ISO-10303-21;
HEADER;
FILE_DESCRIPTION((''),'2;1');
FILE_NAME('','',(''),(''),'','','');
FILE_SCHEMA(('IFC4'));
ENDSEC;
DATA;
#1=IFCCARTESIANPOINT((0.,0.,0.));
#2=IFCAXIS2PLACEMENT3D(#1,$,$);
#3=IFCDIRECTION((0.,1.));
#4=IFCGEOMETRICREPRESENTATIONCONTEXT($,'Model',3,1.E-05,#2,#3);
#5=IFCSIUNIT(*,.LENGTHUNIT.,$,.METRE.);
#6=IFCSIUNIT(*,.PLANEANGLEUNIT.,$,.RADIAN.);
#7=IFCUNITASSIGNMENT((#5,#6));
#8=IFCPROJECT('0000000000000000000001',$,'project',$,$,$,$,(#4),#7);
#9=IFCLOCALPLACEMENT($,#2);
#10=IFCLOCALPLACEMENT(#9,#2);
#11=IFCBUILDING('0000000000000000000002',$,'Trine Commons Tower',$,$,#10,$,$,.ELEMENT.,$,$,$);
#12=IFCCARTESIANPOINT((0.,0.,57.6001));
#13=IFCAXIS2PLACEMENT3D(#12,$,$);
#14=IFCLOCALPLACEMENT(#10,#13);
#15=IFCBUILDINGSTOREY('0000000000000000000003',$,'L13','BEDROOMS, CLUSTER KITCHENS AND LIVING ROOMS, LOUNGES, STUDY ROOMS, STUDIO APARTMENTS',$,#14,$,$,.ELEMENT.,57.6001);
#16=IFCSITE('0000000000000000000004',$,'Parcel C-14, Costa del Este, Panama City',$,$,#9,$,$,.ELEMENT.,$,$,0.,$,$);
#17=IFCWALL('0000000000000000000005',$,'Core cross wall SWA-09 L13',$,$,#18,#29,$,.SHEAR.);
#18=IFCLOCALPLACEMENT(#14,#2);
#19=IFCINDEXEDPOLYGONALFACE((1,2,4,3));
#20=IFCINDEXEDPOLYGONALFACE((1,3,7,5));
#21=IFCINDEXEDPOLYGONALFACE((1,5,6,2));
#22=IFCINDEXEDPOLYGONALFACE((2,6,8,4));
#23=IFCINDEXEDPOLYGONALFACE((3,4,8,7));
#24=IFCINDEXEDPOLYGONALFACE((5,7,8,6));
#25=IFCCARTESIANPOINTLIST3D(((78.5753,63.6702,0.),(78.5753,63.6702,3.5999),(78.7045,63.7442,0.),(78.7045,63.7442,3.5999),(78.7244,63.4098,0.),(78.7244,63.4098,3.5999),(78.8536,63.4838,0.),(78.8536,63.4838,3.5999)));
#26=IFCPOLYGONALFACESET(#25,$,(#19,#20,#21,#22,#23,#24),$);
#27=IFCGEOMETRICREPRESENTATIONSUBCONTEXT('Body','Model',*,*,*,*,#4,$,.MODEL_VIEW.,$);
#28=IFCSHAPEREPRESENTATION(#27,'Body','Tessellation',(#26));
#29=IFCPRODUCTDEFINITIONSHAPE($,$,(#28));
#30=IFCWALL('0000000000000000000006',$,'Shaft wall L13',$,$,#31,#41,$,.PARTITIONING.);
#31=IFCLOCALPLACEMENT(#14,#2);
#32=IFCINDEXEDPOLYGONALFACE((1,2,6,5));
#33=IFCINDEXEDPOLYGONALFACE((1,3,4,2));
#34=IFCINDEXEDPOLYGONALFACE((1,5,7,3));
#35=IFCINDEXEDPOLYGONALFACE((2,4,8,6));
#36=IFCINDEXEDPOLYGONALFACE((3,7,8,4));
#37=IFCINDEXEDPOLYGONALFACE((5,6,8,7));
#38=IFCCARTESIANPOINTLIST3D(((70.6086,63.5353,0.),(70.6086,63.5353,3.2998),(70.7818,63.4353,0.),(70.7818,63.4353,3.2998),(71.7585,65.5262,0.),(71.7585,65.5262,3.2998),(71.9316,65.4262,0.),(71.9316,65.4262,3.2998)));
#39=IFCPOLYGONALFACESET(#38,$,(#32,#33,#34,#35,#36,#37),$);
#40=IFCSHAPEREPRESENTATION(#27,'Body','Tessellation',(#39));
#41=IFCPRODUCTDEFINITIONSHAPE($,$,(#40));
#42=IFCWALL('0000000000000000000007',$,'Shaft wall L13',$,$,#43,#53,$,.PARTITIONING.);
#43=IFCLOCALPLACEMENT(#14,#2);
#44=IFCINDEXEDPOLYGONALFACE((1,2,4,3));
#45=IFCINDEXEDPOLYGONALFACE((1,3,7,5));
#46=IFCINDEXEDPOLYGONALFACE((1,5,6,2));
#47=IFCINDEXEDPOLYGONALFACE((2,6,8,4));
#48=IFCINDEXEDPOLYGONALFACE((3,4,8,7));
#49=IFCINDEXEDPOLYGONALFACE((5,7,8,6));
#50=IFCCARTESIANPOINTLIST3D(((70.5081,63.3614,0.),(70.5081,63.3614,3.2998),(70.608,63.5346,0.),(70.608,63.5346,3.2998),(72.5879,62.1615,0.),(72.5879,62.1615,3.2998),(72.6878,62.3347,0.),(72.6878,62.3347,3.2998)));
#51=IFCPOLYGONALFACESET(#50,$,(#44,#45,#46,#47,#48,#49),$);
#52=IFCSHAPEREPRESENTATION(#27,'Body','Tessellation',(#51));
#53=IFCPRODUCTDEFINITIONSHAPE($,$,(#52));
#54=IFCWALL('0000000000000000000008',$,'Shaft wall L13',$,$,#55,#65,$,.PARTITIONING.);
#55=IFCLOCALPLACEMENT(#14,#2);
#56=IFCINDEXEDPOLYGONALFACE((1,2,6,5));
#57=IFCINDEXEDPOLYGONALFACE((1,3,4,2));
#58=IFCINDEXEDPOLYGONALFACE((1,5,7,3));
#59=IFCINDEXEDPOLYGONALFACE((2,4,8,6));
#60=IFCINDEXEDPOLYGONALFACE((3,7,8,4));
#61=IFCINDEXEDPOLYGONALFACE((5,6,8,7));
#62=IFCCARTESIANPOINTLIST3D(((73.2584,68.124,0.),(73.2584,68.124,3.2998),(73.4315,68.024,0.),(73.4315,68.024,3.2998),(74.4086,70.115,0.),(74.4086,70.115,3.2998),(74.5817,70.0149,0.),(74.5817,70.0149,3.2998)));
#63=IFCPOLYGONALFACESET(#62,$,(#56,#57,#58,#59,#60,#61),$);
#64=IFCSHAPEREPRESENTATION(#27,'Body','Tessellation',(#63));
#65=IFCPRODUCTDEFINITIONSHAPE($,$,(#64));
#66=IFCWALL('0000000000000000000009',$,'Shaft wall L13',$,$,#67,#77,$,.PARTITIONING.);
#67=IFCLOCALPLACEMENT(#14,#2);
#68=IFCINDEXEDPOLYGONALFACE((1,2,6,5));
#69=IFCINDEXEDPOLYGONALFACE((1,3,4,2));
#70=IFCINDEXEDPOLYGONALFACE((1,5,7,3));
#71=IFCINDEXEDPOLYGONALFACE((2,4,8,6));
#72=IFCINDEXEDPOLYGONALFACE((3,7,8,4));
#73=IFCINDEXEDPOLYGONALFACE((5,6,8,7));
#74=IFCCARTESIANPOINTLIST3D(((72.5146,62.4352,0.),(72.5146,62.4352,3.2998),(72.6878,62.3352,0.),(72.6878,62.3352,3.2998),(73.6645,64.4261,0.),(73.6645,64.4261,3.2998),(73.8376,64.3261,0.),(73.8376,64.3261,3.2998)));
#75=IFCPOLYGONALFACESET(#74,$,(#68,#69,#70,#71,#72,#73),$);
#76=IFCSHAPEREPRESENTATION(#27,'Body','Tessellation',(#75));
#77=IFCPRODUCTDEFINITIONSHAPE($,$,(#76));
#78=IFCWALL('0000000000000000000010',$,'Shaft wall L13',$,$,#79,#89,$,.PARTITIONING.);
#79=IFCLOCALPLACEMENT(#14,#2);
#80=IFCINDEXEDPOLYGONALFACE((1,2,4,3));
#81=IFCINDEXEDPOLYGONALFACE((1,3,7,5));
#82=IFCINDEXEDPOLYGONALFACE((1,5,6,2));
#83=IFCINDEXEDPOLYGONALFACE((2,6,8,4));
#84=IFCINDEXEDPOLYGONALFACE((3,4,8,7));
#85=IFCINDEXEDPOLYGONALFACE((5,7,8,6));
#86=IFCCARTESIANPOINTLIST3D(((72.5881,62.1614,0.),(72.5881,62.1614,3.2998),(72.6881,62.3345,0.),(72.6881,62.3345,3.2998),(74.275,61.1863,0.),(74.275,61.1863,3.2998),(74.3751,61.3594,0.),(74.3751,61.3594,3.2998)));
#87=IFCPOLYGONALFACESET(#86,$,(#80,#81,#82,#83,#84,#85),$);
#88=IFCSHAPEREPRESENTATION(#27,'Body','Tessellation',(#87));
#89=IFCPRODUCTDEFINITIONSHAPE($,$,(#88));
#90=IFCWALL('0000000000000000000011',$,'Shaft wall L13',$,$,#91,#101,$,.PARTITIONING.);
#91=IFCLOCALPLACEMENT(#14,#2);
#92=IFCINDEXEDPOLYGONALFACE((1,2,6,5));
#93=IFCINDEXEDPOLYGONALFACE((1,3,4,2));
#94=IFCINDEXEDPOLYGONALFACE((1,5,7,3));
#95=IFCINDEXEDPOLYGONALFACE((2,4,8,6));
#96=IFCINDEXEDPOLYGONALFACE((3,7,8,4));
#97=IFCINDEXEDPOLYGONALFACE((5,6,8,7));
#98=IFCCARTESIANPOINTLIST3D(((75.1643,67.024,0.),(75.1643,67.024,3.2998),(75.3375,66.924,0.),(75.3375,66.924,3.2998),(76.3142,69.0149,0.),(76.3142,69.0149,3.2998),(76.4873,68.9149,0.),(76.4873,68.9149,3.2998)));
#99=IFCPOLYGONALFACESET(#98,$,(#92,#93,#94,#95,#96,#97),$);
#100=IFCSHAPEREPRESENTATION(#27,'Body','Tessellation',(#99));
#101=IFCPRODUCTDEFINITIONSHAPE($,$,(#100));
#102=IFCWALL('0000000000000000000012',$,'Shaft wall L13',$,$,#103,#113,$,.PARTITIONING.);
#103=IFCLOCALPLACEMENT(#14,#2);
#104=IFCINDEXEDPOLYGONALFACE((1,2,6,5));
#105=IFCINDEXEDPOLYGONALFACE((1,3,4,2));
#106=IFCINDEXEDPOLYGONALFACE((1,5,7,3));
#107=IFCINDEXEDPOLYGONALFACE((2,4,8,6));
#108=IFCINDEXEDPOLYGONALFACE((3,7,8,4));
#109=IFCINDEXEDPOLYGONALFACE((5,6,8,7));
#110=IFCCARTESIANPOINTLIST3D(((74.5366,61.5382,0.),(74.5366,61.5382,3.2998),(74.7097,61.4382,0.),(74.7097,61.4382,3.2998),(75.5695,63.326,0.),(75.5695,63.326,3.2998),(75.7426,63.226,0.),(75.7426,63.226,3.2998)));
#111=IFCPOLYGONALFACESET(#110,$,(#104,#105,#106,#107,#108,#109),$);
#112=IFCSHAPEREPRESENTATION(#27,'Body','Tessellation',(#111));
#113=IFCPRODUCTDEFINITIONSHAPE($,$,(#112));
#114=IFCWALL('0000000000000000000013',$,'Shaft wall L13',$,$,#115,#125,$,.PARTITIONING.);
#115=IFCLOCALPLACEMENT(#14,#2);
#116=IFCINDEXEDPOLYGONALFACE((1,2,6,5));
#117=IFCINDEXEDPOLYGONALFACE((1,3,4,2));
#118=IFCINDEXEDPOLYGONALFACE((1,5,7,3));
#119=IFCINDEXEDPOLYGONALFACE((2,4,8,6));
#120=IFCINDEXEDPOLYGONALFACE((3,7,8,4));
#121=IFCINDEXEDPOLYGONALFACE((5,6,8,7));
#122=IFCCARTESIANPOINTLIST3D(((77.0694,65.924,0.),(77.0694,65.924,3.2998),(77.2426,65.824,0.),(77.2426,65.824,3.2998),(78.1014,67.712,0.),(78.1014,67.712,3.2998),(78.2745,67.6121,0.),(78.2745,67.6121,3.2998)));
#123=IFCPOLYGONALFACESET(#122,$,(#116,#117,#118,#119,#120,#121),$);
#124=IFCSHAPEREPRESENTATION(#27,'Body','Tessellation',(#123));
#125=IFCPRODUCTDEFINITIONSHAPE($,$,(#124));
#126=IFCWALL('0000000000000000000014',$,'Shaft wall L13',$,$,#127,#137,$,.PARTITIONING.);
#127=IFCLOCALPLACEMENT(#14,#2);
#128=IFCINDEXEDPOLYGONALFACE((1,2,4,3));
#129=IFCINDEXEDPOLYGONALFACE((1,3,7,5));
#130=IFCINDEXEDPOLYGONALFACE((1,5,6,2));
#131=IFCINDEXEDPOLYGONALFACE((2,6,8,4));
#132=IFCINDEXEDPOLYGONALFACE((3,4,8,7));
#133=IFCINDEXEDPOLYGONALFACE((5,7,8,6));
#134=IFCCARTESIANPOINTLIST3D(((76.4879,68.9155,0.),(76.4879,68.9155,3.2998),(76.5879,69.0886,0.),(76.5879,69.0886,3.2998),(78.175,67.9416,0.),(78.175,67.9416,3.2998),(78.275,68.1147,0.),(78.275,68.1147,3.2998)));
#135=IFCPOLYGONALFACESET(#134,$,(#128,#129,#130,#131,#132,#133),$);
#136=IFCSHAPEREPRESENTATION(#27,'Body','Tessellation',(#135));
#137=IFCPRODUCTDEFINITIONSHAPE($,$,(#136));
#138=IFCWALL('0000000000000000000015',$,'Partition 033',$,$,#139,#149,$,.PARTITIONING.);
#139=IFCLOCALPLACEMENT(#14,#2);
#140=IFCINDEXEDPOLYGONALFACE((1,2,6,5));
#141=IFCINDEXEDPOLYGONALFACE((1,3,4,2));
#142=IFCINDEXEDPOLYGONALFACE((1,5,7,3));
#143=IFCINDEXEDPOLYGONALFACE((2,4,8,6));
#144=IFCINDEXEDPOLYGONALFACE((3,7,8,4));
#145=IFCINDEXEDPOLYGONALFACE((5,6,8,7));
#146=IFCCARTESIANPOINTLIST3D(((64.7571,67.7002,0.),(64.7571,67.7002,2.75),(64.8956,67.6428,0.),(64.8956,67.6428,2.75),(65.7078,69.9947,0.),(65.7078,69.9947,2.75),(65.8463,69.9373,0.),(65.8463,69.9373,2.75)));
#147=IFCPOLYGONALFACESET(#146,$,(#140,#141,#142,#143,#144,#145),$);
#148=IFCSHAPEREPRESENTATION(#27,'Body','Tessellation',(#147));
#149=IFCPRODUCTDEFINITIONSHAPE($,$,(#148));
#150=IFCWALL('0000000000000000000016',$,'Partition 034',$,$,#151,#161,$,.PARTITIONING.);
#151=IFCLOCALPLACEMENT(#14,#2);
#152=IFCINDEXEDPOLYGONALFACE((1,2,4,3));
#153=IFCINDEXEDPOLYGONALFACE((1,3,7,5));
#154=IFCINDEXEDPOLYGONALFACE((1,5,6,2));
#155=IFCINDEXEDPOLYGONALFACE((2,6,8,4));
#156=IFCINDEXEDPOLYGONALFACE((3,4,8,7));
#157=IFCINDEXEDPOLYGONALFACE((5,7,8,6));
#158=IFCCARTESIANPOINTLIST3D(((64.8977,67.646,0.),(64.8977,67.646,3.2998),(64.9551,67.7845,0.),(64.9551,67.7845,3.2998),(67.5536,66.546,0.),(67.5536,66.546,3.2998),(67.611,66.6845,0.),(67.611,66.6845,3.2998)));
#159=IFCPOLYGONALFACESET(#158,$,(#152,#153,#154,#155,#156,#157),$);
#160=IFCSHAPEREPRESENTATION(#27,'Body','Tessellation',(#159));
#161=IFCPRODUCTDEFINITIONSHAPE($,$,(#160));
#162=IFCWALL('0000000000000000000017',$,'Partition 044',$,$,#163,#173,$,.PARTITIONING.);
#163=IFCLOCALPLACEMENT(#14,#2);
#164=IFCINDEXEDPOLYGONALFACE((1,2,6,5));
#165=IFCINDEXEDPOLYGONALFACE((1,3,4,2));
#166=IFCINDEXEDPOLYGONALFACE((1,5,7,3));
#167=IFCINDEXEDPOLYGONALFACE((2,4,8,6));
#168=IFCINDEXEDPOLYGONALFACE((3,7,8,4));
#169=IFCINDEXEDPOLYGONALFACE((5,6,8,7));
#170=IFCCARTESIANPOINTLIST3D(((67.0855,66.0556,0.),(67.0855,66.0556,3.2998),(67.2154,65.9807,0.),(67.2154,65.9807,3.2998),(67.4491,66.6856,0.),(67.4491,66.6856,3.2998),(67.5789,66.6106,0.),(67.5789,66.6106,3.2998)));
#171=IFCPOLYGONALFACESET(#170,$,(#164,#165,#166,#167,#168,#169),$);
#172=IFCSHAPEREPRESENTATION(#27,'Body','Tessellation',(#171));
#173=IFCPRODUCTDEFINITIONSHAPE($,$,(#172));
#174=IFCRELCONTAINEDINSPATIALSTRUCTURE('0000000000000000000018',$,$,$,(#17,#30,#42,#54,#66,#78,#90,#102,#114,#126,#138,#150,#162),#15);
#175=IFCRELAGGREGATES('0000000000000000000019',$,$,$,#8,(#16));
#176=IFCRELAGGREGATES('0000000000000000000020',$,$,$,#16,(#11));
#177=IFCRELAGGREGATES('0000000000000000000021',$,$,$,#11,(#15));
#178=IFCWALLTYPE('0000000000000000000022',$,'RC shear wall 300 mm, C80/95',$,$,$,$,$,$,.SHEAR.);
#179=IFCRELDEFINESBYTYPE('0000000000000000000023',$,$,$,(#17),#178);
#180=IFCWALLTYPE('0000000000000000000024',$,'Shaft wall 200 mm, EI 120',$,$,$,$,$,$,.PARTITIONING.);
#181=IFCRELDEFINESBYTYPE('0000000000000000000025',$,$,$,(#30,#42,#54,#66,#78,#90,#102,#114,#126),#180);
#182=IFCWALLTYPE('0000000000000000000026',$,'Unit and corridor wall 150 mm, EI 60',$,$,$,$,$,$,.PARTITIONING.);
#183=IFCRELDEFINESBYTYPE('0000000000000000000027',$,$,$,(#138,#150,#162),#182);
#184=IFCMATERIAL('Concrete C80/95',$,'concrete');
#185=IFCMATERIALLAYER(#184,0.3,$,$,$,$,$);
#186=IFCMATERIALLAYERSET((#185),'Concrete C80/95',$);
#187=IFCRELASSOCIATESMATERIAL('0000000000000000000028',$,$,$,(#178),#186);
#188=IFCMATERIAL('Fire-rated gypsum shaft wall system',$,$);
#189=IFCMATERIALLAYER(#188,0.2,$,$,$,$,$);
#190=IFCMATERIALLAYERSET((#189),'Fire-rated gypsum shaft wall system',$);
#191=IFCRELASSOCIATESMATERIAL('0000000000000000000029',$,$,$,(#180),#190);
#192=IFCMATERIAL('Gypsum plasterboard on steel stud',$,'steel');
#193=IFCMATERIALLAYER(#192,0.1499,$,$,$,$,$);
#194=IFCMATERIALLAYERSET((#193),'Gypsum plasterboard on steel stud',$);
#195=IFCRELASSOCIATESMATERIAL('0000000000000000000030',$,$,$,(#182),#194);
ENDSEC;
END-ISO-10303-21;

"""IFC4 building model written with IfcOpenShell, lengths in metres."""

from ifc_helpers import new_model, si_unit, direction, frame, frame_2d, origin, place, context, subcontext, project, spatial, rectangle, extrude, material, layer, layer_set, type_object, element, save


model = new_model("IFC4")

# Units and contexts
model_context = context("Model", 3, precision=1e-05, world=origin(), true_north=direction((0.0, 1.0)))
body_context = subcontext(model_context, "Body", "Model", "MODEL_VIEW")
ifc_project = project(units=[si_unit("LENGTHUNIT", "METRE"), si_unit("PLANEANGLEUNIT", "RADIAN")], contexts=[model_context])

# Site, building, storey
site_placement = place(None, origin())
site = spatial("IfcSite", under=ifc_project, at=site_placement, Name="Parcel C-14, Costa del Este, Panama City", CompositionType="ELEMENT", RefElevation=0.0)
building_placement = place(site_placement, origin())
building = spatial("IfcBuilding", under=site, at=building_placement, Name="Trine Commons Tower", CompositionType="ELEMENT")
storey_placement = place(building_placement, frame((0.0, 0.0, 57.6001)))
storey = spatial("IfcBuildingStorey", under=building, at=storey_placement, Name="L13", Description="BEDROOMS, CLUSTER KITCHENS AND LIVING ROOMS, LOUNGES, STUDY ROOMS, STUDIO APARTMENTS", CompositionType="ELEMENT", Elevation=57.6001)

# Shared definitions
ifc_material_1 = material(Name="Fire-rated gypsum shaft wall system")
ifc_material_2 = material(Name="Concrete C80/95", Category="concrete")
ifc_layer_1 = layer(ifc_material_2, 0.3)
ifc_layer_set_1 = layer_set([ifc_layer_1], Name="Concrete C80/95")
wall_type_1 = type_object("IfcWallType", Name="RC shear wall 300 mm, C80/95", PredefinedType="SHEAR", material=ifc_layer_set_1)

# Walls
wall_1_placement = place(storey_placement, frame((78.7791, 63.614, 0.0), z_axis=(0.0, 0.0, 1.0), x_axis=(-0.867738, -0.497022, 0.0)))
element("IfcWall", 1, at=wall_1_placement, inside=storey, type_object=wall_type_1, Name="Core cross wall SWA-09 L13", PredefinedType="SHEAR", context=body_context, shape_type="SweptSolid", body=[
    extrude(rectangle(XDim=0.1489, YDim=0.3, at=frame_2d((0.0745, 0.0))), origin(), (0.0, 0.0, 1.0), 3.5999),
])
ifc_layer_2 = layer(ifc_material_1, 0.2)
ifc_layer_set_2 = layer_set([ifc_layer_2], Name="Fire-rated gypsum shaft wall system")
wall_type_2 = type_object("IfcWallType", Name="Shaft wall 200 mm, EI 120", PredefinedType="PARTITIONING", material=ifc_layer_set_2)
wall_2_placement = place(storey_placement, frame((71.845, 65.4761, 0.0), z_axis=(0.0, 0.0, 1.0), x_axis=(-0.500136, -0.865947, 0.0)))
element("IfcWall", 2, at=wall_2_placement, inside=storey, type_object=wall_type_2, Name="Shaft wall L13", PredefinedType="PARTITIONING", context=body_context, shape_type="SweptSolid", body=[
    extrude(rectangle(XDim=2.2991, YDim=0.2, at=frame_2d((1.1494, 0.0))), origin(), (0.0, 0.0, 1.0), 3.2998),
])
wall_3_placement = place(storey_placement, frame((72.6379, 62.248, 0.0), z_axis=(0.0, 0.0, 1.0), x_axis=(-0.866177, 0.499737, 0.0)))
element("IfcWall", 3, at=wall_3_placement, inside=storey, type_object=wall_type_2, Name="Shaft wall L13", PredefinedType="PARTITIONING", context=body_context, shape_type="SweptSolid", body=[
    extrude(rectangle(XDim=2.4011, YDim=0.2, at=frame_2d((1.2007, 0.0))), origin(), (0.0, 0.0, 1.0), 3.2998),
])
wall_4_placement = place(storey_placement, frame((73.345, 68.074, 0.0), z_axis=(0.0, 0.0, 1.0), x_axis=(0.500216, 0.865901, 0.0)))
element("IfcWall", 4, at=wall_4_placement, inside=storey, type_object=wall_type_2, Name="Shaft wall L13", PredefinedType="PARTITIONING", context=body_context, shape_type="SweptSolid", body=[
    extrude(rectangle(XDim=2.2993, YDim=0.2, at=frame_2d((1.1497, 0.0))), origin(), (0.0, 0.0, 1.0), 3.2998),
])
wall_5_placement = place(storey_placement, frame((73.751, 64.376, 0.0), z_axis=(0.0, 0.0, 1.0), x_axis=(-0.500136, -0.865947, 0.0)))
element("IfcWall", 5, at=wall_5_placement, inside=storey, type_object=wall_type_2, Name="Shaft wall L13", PredefinedType="PARTITIONING", context=body_context, shape_type="SweptSolid", body=[
    extrude(rectangle(XDim=2.2991, YDim=0.2, at=frame_2d((1.1494, 0.0))), origin(), (0.0, 0.0, 1.0), 3.2998),
])
wall_6_placement = place(storey_placement, frame((74.325, 61.2729, 0.0), z_axis=(0.0, 0.0, 1.0), x_axis=(-0.865781, 0.500424, 0.0)))
element("IfcWall", 6, at=wall_6_placement, inside=storey, type_object=wall_type_2, Name="Shaft wall L13", PredefinedType="PARTITIONING", context=body_context, shape_type="SweptSolid", body=[
    extrude(rectangle(XDim=1.9485, YDim=0.2, at=frame_2d((0.9741, 0.0))), origin(), (0.0, 0.0, 1.0), 3.2998),
])
wall_7_placement = place(storey_placement, frame((75.251, 66.9741, 0.0), z_axis=(0.0, 0.0, 1.0), x_axis=(0.500136, 0.865947, 0.0)))
element("IfcWall", 7, at=wall_7_placement, inside=storey, type_object=wall_type_2, Name="Shaft wall L13", PredefinedType="PARTITIONING", context=body_context, shape_type="SweptSolid", body=[
    extrude(rectangle(XDim=2.2991, YDim=0.2, at=frame_2d((1.1494, 0.0))), origin(), (0.0, 0.0, 1.0), 3.2998),
])
wall_8_placement = place(storey_placement, frame((75.656, 63.2759, 0.0), z_axis=(0.0, 0.0, 1.0), x_axis=(-0.500272, -0.865868, 0.0)))
element("IfcWall", 8, at=wall_8_placement, inside=storey, type_object=wall_type_2, Name="Shaft wall L13", PredefinedType="PARTITIONING", context=body_context, shape_type="SweptSolid", body=[
    extrude(rectangle(XDim=2.0647, YDim=0.2, at=frame_2d((1.0322, 0.0))), origin(), (0.0, 0.0, 1.0), 3.2998),
])
wall_9_placement = place(storey_placement, frame((77.156, 65.874, 0.0), z_axis=(0.0, 0.0, 1.0), x_axis=(0.499866, 0.866103, 0.0)))
element("IfcWall", 9, at=wall_9_placement, inside=storey, type_object=wall_type_2, Name="Shaft wall L13", PredefinedType="PARTITIONING", context=body_context, shape_type="SweptSolid", body=[
    extrude(rectangle(XDim=2.0645, YDim=0.2, at=frame_2d((1.0322, 0.0))), origin(), (0.0, 0.0, 1.0), 3.2998),
])
wall_10_placement = place(storey_placement, frame((78.2251, 68.0281, 0.0), z_axis=(0.0, 0.0, 1.0), x_axis=(-0.866052, 0.499954, 0.0)))
element("IfcWall", 10, at=wall_10_placement, inside=storey, type_object=wall_type_2, Name="Shaft wall L13", PredefinedType="PARTITIONING", context=body_context, shape_type="SweptSolid", body=[
    extrude(rectangle(XDim=1.948, YDim=0.2, at=frame_2d((0.9741, 0.0))), origin(), (0.0, 0.0, 1.0), 3.2998),
])
ifc_material_3 = material(Name="Gypsum plasterboard on steel stud", Category="steel")
ifc_layer_3 = layer(ifc_material_3, 0.1499)
ifc_layer_set_3 = layer_set([ifc_layer_3], Name="Gypsum plasterboard on steel stud")
wall_type_3 = type_object("IfcWallType", Name="Unit and corridor wall 150 mm, EI 60", PredefinedType="PARTITIONING", material=ifc_layer_set_3)
wall_11_placement = place(storey_placement, frame((64.8264, 67.6716, 0.0), z_axis=(0.0, 0.0, 1.0), x_axis=(0.382786, 0.923837, 0.0)))
element("IfcWall", 11, at=wall_11_placement, inside=storey, type_object=wall_type_3, Name="Partition 033", PredefinedType="PARTITIONING", context=body_context, shape_type="SweptSolid", body=[
    extrude(rectangle(XDim=2.4836, YDim=0.1499, at=frame_2d((1.2417, 0.0))), origin(), (0.0, 0.0, 1.0), 2.75),
])
wall_12_placement = place(storey_placement, frame((64.9263, 67.7153, 0.0), z_axis=(0.0, 0.0, 1.0), x_axis=(0.923886, -0.382667, 0.0)))
element("IfcWall", 12, at=wall_12_placement, inside=storey, type_object=wall_type_3, Name="Partition 034", PredefinedType="PARTITIONING", context=body_context, shape_type="SweptSolid", body=[
    extrude(rectangle(XDim=2.8748, YDim=0.1499, at=frame_2d((1.4375, 0.0))), origin(), (0.0, 0.0, 1.0), 3.2998),
])
wall_13_placement = place(storey_placement, frame((67.1504, 66.0181, 0.0), z_axis=(0.0, 0.0, 1.0), x_axis=(0.499858, 0.866107, 0.0)))
element("IfcWall", 13, at=wall_13_placement, inside=storey, type_object=wall_type_3, Name="Partition 044", PredefinedType="PARTITIONING", context=body_context, shape_type="SweptSolid", body=[
    extrude(rectangle(XDim=0.7273, YDim=0.1499, at=frame_2d((0.3638, 0.0))), origin(), (0.0, 0.0, 1.0), 3.2998),
])

save(model, "model.ifc")
